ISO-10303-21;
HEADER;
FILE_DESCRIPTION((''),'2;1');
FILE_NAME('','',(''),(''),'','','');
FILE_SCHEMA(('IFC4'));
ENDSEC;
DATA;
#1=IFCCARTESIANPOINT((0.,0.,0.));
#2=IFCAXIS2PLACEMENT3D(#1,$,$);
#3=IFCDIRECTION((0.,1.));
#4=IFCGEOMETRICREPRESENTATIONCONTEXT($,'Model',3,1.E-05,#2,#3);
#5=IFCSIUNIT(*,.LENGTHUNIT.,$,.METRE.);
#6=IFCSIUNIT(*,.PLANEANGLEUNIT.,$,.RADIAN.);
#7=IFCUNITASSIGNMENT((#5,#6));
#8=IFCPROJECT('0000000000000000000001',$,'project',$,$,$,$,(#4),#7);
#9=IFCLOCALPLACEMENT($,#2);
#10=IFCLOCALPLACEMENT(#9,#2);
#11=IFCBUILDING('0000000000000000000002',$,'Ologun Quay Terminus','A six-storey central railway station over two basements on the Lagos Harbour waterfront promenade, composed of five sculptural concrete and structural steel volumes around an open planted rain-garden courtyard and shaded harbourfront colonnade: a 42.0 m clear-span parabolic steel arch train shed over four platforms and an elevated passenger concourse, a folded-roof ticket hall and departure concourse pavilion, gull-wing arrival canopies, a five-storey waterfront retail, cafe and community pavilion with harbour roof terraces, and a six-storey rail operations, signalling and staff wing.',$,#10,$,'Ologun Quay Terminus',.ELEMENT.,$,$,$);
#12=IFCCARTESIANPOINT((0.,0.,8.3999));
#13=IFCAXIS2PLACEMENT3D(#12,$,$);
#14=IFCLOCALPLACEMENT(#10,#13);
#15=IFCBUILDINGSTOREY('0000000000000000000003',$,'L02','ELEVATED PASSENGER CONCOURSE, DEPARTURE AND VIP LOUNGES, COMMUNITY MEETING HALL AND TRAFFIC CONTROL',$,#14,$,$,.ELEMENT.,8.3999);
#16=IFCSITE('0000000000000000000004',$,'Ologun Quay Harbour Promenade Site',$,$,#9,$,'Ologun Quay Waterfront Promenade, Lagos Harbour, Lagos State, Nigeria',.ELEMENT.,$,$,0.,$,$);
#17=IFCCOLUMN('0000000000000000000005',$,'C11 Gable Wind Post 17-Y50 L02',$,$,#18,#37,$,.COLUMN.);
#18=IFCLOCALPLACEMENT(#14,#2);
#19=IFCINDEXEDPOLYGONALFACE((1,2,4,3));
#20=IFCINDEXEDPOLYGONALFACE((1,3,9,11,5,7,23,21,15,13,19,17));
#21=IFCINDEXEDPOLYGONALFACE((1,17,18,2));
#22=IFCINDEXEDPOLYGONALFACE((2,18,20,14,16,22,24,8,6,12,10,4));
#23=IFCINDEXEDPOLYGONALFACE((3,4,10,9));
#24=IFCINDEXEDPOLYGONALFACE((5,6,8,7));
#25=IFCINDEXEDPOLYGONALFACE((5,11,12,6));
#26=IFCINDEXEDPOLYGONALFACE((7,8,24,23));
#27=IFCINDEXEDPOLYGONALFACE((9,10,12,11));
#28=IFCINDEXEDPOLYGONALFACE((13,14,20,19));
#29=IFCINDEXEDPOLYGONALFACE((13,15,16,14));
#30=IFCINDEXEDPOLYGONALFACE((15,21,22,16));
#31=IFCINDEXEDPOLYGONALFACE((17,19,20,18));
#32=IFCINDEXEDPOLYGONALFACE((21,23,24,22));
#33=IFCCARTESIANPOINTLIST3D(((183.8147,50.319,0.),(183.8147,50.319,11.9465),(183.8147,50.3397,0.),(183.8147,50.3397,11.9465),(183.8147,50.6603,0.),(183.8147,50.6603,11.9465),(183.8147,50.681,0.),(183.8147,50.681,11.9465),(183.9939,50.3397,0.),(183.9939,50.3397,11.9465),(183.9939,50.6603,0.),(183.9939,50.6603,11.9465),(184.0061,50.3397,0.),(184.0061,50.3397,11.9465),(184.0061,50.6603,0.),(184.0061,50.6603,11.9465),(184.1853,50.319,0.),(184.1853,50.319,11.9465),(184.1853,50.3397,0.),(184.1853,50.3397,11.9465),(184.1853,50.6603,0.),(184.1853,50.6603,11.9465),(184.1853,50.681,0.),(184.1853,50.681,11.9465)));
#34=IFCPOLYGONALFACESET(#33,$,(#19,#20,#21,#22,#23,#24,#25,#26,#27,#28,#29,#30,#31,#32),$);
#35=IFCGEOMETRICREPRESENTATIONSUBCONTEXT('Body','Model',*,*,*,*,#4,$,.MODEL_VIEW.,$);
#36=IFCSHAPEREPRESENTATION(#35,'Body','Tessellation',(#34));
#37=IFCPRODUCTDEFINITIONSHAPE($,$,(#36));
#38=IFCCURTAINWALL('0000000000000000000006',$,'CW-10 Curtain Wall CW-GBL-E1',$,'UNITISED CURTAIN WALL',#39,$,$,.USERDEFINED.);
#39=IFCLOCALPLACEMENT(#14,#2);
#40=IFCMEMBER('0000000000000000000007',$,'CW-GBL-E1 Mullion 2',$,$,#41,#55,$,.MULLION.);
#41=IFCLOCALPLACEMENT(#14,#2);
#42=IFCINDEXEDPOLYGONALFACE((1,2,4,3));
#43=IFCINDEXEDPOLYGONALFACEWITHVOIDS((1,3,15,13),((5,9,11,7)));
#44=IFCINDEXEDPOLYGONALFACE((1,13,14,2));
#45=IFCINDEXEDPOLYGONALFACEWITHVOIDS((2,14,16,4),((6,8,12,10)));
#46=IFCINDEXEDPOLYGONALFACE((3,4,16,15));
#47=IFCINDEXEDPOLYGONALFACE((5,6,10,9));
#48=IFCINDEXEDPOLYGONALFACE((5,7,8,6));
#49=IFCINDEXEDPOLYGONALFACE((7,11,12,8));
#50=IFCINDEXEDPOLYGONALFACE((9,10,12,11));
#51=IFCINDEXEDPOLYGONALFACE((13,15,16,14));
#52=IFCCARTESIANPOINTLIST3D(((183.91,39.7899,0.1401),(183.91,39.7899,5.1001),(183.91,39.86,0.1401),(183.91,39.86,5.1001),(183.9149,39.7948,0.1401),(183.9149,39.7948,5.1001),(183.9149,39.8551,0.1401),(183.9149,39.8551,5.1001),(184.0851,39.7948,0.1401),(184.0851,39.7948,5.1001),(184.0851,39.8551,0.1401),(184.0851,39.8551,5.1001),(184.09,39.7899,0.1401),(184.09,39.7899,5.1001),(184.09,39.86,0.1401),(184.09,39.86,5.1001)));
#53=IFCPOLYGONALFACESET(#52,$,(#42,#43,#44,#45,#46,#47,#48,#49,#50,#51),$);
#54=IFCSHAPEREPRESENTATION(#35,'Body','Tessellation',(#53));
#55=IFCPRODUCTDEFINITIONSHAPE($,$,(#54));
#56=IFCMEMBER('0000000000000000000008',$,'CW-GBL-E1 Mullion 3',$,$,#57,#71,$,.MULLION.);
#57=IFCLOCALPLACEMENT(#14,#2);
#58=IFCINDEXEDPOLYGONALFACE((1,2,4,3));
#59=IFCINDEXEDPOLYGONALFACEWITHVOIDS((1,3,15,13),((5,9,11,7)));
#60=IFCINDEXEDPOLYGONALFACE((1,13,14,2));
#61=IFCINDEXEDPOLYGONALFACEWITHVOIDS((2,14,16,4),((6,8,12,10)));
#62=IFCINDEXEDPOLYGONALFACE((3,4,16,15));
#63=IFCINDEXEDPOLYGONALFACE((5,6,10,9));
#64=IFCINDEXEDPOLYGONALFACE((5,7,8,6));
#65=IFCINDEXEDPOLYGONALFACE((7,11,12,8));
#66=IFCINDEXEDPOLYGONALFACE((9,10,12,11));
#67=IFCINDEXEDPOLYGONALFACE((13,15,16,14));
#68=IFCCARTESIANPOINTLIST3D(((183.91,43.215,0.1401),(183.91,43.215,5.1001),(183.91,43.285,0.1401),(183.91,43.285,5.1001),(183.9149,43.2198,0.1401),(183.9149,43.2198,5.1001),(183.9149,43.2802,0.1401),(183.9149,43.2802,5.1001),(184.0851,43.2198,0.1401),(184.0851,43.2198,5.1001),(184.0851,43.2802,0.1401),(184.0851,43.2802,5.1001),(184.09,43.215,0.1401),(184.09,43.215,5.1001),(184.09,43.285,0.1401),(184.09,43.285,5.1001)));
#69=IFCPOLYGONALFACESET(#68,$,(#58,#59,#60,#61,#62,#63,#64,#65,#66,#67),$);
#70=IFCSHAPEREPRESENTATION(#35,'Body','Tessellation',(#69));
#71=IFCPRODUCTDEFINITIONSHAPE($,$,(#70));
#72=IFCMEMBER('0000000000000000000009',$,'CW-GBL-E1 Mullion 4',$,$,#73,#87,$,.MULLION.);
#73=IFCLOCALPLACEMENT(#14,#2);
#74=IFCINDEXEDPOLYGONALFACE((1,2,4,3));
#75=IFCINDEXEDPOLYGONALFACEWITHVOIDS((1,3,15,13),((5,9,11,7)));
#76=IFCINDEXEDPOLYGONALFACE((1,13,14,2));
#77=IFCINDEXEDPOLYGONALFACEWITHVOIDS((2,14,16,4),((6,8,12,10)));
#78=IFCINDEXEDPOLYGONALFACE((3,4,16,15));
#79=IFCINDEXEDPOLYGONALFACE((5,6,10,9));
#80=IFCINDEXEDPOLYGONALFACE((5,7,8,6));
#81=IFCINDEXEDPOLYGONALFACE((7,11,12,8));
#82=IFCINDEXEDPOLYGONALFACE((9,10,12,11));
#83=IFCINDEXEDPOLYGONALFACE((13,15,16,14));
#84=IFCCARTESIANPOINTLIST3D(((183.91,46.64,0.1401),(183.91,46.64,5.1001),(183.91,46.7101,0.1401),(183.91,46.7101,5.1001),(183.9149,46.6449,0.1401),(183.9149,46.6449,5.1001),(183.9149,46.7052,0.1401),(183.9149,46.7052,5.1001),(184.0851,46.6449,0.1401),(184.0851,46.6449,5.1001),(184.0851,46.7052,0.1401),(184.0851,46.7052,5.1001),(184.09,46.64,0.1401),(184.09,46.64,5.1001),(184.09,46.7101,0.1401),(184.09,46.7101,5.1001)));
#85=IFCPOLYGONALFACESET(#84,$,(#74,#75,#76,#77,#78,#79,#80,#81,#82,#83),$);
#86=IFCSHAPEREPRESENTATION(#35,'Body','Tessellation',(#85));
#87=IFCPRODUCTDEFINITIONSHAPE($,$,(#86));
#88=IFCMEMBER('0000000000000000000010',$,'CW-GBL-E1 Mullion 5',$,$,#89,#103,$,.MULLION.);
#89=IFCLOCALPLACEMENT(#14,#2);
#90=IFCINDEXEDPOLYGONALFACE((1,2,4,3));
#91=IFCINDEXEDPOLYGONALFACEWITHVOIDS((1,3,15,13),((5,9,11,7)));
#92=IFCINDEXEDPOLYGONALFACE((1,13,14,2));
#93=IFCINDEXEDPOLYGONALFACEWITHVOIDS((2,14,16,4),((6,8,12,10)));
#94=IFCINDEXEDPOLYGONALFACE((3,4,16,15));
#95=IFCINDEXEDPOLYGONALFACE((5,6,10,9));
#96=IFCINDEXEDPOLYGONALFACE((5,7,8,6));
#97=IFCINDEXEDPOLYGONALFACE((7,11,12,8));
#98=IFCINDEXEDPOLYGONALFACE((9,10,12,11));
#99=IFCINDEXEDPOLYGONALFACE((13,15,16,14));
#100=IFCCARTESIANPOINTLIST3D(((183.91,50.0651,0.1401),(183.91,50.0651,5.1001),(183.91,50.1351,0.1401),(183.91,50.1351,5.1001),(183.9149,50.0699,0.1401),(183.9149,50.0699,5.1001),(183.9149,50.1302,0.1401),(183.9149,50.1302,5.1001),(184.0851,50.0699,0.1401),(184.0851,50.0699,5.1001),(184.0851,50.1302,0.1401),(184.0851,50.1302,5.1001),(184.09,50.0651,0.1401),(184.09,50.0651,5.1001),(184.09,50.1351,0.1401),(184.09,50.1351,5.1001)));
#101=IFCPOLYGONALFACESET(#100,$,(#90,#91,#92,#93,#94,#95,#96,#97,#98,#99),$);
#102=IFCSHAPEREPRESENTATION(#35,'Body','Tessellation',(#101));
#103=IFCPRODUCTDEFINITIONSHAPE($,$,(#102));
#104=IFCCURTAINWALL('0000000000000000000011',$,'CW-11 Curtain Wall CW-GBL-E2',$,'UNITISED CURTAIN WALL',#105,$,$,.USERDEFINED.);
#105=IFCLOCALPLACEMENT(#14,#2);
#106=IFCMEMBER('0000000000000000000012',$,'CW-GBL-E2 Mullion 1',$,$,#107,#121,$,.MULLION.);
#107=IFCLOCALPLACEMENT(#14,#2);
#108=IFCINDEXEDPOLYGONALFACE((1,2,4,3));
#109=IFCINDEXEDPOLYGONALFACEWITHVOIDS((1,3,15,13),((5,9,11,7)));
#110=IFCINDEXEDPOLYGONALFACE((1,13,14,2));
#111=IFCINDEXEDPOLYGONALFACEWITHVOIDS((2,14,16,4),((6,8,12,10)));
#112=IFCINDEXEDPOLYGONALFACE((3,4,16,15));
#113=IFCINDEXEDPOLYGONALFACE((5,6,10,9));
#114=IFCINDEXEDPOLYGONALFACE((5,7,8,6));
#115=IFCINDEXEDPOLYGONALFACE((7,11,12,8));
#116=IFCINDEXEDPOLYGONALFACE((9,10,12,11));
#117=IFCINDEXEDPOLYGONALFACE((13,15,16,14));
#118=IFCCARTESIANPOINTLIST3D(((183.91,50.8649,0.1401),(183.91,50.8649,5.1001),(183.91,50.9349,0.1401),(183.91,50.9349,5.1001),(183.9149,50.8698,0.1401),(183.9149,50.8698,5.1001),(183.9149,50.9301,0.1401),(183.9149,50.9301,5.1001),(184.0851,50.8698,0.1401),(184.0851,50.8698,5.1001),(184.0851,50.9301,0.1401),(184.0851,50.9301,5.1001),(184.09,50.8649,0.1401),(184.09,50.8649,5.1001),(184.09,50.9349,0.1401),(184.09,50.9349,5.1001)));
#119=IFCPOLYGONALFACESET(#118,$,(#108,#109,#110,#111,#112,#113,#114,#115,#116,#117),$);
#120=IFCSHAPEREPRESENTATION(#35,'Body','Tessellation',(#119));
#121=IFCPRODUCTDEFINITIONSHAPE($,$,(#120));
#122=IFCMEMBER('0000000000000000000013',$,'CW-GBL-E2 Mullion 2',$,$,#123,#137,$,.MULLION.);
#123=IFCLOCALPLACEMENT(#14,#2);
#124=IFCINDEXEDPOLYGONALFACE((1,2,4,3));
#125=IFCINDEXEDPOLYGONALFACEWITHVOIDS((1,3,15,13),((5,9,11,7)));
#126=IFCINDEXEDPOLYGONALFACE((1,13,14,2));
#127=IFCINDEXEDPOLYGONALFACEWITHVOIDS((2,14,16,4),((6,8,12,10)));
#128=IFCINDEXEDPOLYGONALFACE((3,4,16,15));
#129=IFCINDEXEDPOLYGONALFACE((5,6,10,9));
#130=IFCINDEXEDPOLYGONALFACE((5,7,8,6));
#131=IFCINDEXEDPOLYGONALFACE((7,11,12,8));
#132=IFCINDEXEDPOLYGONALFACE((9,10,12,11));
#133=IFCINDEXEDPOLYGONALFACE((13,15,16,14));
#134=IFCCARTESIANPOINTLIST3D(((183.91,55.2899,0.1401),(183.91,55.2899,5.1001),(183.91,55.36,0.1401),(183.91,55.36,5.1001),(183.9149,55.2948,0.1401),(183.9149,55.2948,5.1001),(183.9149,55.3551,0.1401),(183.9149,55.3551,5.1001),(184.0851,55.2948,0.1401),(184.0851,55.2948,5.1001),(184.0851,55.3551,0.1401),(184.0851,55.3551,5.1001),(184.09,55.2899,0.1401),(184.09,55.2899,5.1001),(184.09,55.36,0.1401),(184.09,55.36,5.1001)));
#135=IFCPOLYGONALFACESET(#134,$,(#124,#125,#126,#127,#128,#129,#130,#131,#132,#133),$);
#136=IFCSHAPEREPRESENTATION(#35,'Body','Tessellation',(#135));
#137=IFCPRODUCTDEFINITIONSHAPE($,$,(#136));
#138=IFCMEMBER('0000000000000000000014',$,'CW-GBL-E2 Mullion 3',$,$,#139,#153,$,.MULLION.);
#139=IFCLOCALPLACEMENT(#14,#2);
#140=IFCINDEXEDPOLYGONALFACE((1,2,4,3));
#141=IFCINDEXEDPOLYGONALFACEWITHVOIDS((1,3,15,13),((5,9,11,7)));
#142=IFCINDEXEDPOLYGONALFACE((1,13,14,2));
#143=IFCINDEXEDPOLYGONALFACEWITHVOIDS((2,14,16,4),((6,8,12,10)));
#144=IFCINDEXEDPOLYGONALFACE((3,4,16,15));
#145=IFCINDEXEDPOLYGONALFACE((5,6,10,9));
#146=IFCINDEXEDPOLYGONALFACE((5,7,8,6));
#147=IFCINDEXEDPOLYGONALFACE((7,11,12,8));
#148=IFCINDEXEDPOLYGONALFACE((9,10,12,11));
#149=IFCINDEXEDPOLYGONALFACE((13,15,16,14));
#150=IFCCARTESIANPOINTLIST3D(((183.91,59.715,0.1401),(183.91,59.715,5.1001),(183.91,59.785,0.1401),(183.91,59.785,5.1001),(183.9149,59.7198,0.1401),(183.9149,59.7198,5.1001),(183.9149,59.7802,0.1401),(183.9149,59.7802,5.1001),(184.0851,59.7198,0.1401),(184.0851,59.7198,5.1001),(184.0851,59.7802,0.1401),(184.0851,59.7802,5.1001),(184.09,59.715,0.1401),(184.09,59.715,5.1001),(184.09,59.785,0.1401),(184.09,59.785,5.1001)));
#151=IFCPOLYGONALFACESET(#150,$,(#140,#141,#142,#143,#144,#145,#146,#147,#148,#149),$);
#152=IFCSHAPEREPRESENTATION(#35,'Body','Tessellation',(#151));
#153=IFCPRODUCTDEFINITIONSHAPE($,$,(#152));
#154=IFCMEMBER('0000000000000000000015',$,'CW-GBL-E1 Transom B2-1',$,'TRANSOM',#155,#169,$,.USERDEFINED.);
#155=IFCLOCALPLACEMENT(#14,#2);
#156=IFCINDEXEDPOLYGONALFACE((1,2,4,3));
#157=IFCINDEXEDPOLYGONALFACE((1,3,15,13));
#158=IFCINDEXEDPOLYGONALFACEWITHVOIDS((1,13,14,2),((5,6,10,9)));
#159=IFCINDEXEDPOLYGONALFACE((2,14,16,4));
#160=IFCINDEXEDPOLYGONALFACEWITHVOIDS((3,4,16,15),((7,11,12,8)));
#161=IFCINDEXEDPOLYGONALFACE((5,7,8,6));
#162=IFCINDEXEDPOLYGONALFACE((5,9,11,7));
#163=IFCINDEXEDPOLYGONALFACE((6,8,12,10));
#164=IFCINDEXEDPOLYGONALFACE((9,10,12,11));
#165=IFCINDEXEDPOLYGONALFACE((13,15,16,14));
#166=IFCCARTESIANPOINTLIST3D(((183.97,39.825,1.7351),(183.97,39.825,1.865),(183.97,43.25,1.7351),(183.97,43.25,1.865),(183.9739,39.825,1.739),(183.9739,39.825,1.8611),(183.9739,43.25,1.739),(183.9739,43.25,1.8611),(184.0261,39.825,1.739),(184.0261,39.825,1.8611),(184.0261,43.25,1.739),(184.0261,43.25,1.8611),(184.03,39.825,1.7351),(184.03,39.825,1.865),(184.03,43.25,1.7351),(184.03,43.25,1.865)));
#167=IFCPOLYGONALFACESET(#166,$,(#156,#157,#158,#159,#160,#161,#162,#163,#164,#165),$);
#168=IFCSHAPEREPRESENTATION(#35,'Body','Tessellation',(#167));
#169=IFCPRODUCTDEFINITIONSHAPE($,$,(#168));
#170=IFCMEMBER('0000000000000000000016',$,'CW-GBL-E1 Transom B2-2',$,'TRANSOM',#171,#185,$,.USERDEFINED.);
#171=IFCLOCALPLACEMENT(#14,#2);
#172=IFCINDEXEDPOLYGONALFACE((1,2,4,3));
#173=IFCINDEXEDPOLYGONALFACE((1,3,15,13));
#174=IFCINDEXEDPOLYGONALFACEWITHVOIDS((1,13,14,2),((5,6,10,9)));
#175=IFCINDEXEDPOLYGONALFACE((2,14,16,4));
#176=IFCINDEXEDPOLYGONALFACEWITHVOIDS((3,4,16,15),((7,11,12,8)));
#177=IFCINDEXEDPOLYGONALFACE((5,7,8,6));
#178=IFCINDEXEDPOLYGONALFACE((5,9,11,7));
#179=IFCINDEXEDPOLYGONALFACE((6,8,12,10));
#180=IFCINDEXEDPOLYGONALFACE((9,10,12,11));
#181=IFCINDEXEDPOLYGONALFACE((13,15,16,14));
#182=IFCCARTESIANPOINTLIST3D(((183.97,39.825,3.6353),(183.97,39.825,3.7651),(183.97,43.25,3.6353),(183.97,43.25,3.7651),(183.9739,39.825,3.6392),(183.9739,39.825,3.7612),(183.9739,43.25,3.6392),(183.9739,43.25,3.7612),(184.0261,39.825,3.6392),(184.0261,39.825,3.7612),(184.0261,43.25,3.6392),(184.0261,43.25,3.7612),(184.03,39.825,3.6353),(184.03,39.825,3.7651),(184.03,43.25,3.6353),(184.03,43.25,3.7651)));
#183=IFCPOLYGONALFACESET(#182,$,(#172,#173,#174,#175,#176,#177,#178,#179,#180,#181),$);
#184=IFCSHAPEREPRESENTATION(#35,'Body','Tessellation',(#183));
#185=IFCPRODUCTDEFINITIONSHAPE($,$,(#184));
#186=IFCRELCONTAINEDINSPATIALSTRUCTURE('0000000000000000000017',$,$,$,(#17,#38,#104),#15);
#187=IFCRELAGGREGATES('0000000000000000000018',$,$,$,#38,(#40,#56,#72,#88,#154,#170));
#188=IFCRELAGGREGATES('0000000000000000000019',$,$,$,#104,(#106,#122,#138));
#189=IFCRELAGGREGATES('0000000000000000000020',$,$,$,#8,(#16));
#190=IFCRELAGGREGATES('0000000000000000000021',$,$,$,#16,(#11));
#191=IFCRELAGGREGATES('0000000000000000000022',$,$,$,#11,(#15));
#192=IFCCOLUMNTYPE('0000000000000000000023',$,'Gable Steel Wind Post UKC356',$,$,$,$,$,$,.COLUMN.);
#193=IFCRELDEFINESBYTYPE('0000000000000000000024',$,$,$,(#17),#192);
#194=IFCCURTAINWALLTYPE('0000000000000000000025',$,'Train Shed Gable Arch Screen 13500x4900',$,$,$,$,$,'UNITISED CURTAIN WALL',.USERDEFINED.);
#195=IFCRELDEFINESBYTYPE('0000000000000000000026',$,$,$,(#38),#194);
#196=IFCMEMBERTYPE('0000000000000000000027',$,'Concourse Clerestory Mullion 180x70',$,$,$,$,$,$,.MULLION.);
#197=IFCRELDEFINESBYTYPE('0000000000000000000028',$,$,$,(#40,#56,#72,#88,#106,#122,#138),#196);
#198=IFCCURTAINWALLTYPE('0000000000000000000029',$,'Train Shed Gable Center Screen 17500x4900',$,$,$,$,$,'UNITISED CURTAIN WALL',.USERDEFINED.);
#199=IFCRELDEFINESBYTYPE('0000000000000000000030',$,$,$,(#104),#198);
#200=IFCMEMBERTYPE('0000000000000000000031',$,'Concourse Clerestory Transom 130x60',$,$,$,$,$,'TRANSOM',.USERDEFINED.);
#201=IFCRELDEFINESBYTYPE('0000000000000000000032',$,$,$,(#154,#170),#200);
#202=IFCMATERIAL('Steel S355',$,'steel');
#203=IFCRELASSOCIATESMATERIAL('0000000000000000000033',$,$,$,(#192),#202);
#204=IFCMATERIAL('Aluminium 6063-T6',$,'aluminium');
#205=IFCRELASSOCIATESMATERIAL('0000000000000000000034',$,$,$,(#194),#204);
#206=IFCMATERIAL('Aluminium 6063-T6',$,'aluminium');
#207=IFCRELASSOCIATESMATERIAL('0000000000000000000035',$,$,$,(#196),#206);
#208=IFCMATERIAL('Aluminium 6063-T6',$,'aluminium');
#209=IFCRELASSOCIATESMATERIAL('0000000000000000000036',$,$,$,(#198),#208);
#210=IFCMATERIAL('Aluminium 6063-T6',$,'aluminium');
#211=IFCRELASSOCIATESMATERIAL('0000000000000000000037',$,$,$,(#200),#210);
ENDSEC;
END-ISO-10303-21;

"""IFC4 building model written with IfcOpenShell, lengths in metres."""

from ifc_helpers import new_model, si_unit, direction, frame, origin, origin_2d, place, context, subcontext, project, spatial, hollow_rectangle, i_section, extrude, material, material_profile, profile_set, type_object, element, aggregate, save


model = new_model("IFC4")

# Units and contexts
model_context = context("Model", 3, precision=1e-05, world=origin(), true_north=direction((0.0, 1.0)))
body_context = subcontext(model_context, "Body", "Model", "MODEL_VIEW")
ifc_project = project(units=[si_unit("LENGTHUNIT", "METRE"), si_unit("PLANEANGLEUNIT", "RADIAN")], contexts=[model_context])

# Site, building, storey
site_placement = place(None, origin())
site = spatial("IfcSite", under=ifc_project, at=site_placement, Name="Ologun Quay Harbour Promenade Site", LongName="Ologun Quay Waterfront Promenade, Lagos Harbour, Lagos State, Nigeria", CompositionType="ELEMENT", RefElevation=0.0)
building_placement = place(site_placement, origin())
building = spatial("IfcBuilding", under=site, at=building_placement, Name="Ologun Quay Terminus", Description="A six-storey central railway station over two basements on the Lagos Harbour waterfront promenade, composed of five sculptural concrete and structural steel volumes around an open planted rain-garden courtyard and shaded harbourfront colonnade: a 42.0 m clear-span parabolic steel arch train shed over four platforms and an elevated passenger concourse, a folded-roof ticket hall and departure concourse pavilion, gull-wing arrival canopies, a five-storey waterfront retail, cafe and community pavilion with harbour roof terraces, and a six-storey rail operations, signalling and staff wing.", LongName="Ologun Quay Terminus", CompositionType="ELEMENT")
storey_placement = place(building_placement, frame((0.0, 0.0, 8.3999)))
storey = spatial("IfcBuildingStorey", under=building, at=storey_placement, Name="L02", Description="ELEVATED PASSENGER CONCOURSE, DEPARTURE AND VIP LOUNGES, COMMUNITY MEETING HALL AND TRAFFIC CONTROL", CompositionType="ELEMENT", Elevation=8.3999)

# Column
ifc_material_1 = material(Name="Steel S355", Category="steel")
ifc_material_profile_1 = material_profile(ifc_material_1, i_section(OverallWidth=0.3706, OverallDepth=0.3621, WebThickness=0.0122, FlangeThickness=0.0208, at=origin_2d()), Name="UKC 356x368x153")
ifc_profile_set_1 = profile_set([ifc_material_profile_1], Name="Steel S355")
column_type = type_object("IfcColumnType", Name="Gable Steel Wind Post UKC356", PredefinedType="COLUMN", material=ifc_profile_set_1)
column_placement = place(storey_placement, frame((184.0, 50.5, 0.0), z_axis=(0.0, 0.0, 1.0), x_axis=(1.0, 0.0, 0.0)))
element("IfcColumn", 1, at=column_placement, inside=storey, type_object=column_type, Name="C11 Gable Wind Post 17-Y50 L02", PredefinedType="COLUMN", context=body_context, shape_type="SweptSolid", body=[
    extrude(i_section(OverallWidth=0.3706, OverallDepth=0.3621, WebThickness=0.0122, FlangeThickness=0.0208, at=origin_2d()), origin(), (0.0, 0.0, 1.0), 11.9465),
])

# Curtain walls, members
ifc_material_2 = material(Name="Aluminium 6063-T6", Category="aluminium")
curtain_wall_type_1 = type_object("IfcCurtainWallType", Name="Train Shed Gable Arch Screen 13500x4900", ElementType="UNITISED CURTAIN WALL", PredefinedType="USERDEFINED", material=ifc_material_2)
curtain_wall_1_placement = place(storey_placement, origin())
curtain_wall_1 = element("IfcCurtainWall", 2, at=curtain_wall_1_placement, inside=storey, type_object=curtain_wall_type_1, Name="CW-10 Curtain Wall CW-GBL-E1", ObjectType="UNITISED CURTAIN WALL", PredefinedType="USERDEFINED")
ifc_material_3 = material(Name="Aluminium 6063-T6", Category="aluminium")
ifc_material_profile_2 = material_profile(ifc_material_3, hollow_rectangle(XDim=0.0701, YDim=0.1799, WallThickness=0.0049, at=origin_2d()), Name="ALU 180x70x5")
ifc_profile_set_2 = profile_set([ifc_material_profile_2], Name="Aluminium 6063-T6")
member_type_1 = type_object("IfcMemberType", Name="Concourse Clerestory Mullion 180x70", PredefinedType="MULLION", material=ifc_profile_set_2)
member_1_placement = place(storey_placement, frame((184.0, 39.825, 0.1401), z_axis=(0.0, 0.0, 1.0), x_axis=(0.0, 1.0, 0.0)))
member_1 = element("IfcMember", 3, at=member_1_placement, type_object=member_type_1, Name="CW-GBL-E1 Mullion 2", PredefinedType="MULLION", context=body_context, shape_type="SweptSolid", body=[
    extrude(hollow_rectangle(XDim=0.0701, YDim=0.1799, WallThickness=0.0049, at=origin_2d()), origin(), (0.0, 0.0, 1.0), 4.96),
])
member_2_placement = place(storey_placement, frame((184.0, 43.25, 0.1401), z_axis=(0.0, 0.0, 1.0), x_axis=(0.0, 1.0, 0.0)))
member_2 = element("IfcMember", 4, at=member_2_placement, type_object=member_type_1, Name="CW-GBL-E1 Mullion 3", PredefinedType="MULLION", context=body_context, shape_type="SweptSolid", body=[
    extrude(hollow_rectangle(XDim=0.0701, YDim=0.1799, WallThickness=0.0049, at=origin_2d()), origin(), (0.0, 0.0, 1.0), 4.96),
])
member_3_placement = place(storey_placement, frame((184.0, 46.675, 0.1401), z_axis=(0.0, 0.0, 1.0), x_axis=(0.0, 1.0, 0.0)))
member_3 = element("IfcMember", 5, at=member_3_placement, type_object=member_type_1, Name="CW-GBL-E1 Mullion 4", PredefinedType="MULLION", context=body_context, shape_type="SweptSolid", body=[
    extrude(hollow_rectangle(XDim=0.0701, YDim=0.1799, WallThickness=0.0049, at=origin_2d()), origin(), (0.0, 0.0, 1.0), 4.96),
])
member_4_placement = place(storey_placement, frame((184.0, 50.1001, 0.1401), z_axis=(0.0, 0.0, 1.0), x_axis=(0.0, 1.0, 0.0)))
member_4 = element("IfcMember", 6, at=member_4_placement, type_object=member_type_1, Name="CW-GBL-E1 Mullion 5", PredefinedType="MULLION", context=body_context, shape_type="SweptSolid", body=[
    extrude(hollow_rectangle(XDim=0.0701, YDim=0.1799, WallThickness=0.0049, at=origin_2d()), origin(), (0.0, 0.0, 1.0), 4.96),
])
ifc_material_4 = material(Name="Aluminium 6063-T6", Category="aluminium")
curtain_wall_type_2 = type_object("IfcCurtainWallType", Name="Train Shed Gable Center Screen 17500x4900", ElementType="UNITISED CURTAIN WALL", PredefinedType="USERDEFINED", material=ifc_material_4)
curtain_wall_2_placement = place(storey_placement, origin())
curtain_wall_2 = element("IfcCurtainWall", 7, at=curtain_wall_2_placement, inside=storey, type_object=curtain_wall_type_2, Name="CW-11 Curtain Wall CW-GBL-E2", ObjectType="UNITISED CURTAIN WALL", PredefinedType="USERDEFINED")
member_5_placement = place(storey_placement, frame((184.0, 50.8999, 0.1401), z_axis=(0.0, 0.0, 1.0), x_axis=(0.0, 1.0, 0.0)))
member_5 = element("IfcMember", 8, at=member_5_placement, type_object=member_type_1, Name="CW-GBL-E2 Mullion 1", PredefinedType="MULLION", context=body_context, shape_type="SweptSolid", body=[
    extrude(hollow_rectangle(XDim=0.0701, YDim=0.1799, WallThickness=0.0049, at=origin_2d()), origin(), (0.0, 0.0, 1.0), 4.96),
])
member_6_placement = place(storey_placement, frame((184.0, 55.325, 0.1401), z_axis=(0.0, 0.0, 1.0), x_axis=(0.0, 1.0, 0.0)))
member_6 = element("IfcMember", 9, at=member_6_placement, type_object=member_type_1, Name="CW-GBL-E2 Mullion 2", PredefinedType="MULLION", context=body_context, shape_type="SweptSolid", body=[
    extrude(hollow_rectangle(XDim=0.0701, YDim=0.1799, WallThickness=0.0049, at=origin_2d()), origin(), (0.0, 0.0, 1.0), 4.96),
])
member_7_placement = place(storey_placement, frame((184.0, 59.75, 0.1401), z_axis=(0.0, 0.0, 1.0), x_axis=(0.0, 1.0, 0.0)))
member_7 = element("IfcMember", 10, at=member_7_placement, type_object=member_type_1, Name="CW-GBL-E2 Mullion 3", PredefinedType="MULLION", context=body_context, shape_type="SweptSolid", body=[
    extrude(hollow_rectangle(XDim=0.0701, YDim=0.1799, WallThickness=0.0049, at=origin_2d()), origin(), (0.0, 0.0, 1.0), 4.96),
])

# Members
ifc_material_5 = material(Name="Aluminium 6063-T6", Category="aluminium")
ifc_material_profile_3 = material_profile(ifc_material_5, hollow_rectangle(XDim=0.0601, YDim=0.1299, WallThickness=0.0039, at=origin_2d()), Name="ALU 130x60x4")
ifc_profile_set_3 = profile_set([ifc_material_profile_3], Name="Aluminium 6063-T6")
member_type_2 = type_object("IfcMemberType", Name="Concourse Clerestory Transom 130x60", ElementType="TRANSOM", PredefinedType="USERDEFINED", material=ifc_profile_set_3)
member_8_placement = place(storey_placement, frame((184.0, 39.825, 1.8), z_axis=(0.0, 1.0, 0.0), x_axis=(-1.0, 0.0, 0.0)))
member_8 = element("IfcMember", 11, at=member_8_placement, type_object=member_type_2, Name="CW-GBL-E1 Transom B2-1", ObjectType="TRANSOM", PredefinedType="USERDEFINED", context=body_context, shape_type="SweptSolid", body=[
    extrude(hollow_rectangle(XDim=0.0601, YDim=0.1299, WallThickness=0.0039, at=origin_2d()), origin(), (0.0, 0.0, 1.0), 3.425),
])
member_9_placement = place(storey_placement, frame((184.0, 39.825, 3.7002), z_axis=(0.0, 1.0, 0.0), x_axis=(-1.0, 0.0, 0.0)))
member_9 = element("IfcMember", 12, at=member_9_placement, type_object=member_type_2, Name="CW-GBL-E1 Transom B2-2", ObjectType="TRANSOM", PredefinedType="USERDEFINED", context=body_context, shape_type="SweptSolid", body=[
    extrude(hollow_rectangle(XDim=0.0601, YDim=0.1299, WallThickness=0.0039, at=origin_2d()), origin(), (0.0, 0.0, 1.0), 3.425),
])

aggregate(curtain_wall_1, [member_1, member_2, member_3, member_4, member_8, member_9])
aggregate(curtain_wall_2, [member_5, member_6, member_7])

save(model, "model.ifc")
